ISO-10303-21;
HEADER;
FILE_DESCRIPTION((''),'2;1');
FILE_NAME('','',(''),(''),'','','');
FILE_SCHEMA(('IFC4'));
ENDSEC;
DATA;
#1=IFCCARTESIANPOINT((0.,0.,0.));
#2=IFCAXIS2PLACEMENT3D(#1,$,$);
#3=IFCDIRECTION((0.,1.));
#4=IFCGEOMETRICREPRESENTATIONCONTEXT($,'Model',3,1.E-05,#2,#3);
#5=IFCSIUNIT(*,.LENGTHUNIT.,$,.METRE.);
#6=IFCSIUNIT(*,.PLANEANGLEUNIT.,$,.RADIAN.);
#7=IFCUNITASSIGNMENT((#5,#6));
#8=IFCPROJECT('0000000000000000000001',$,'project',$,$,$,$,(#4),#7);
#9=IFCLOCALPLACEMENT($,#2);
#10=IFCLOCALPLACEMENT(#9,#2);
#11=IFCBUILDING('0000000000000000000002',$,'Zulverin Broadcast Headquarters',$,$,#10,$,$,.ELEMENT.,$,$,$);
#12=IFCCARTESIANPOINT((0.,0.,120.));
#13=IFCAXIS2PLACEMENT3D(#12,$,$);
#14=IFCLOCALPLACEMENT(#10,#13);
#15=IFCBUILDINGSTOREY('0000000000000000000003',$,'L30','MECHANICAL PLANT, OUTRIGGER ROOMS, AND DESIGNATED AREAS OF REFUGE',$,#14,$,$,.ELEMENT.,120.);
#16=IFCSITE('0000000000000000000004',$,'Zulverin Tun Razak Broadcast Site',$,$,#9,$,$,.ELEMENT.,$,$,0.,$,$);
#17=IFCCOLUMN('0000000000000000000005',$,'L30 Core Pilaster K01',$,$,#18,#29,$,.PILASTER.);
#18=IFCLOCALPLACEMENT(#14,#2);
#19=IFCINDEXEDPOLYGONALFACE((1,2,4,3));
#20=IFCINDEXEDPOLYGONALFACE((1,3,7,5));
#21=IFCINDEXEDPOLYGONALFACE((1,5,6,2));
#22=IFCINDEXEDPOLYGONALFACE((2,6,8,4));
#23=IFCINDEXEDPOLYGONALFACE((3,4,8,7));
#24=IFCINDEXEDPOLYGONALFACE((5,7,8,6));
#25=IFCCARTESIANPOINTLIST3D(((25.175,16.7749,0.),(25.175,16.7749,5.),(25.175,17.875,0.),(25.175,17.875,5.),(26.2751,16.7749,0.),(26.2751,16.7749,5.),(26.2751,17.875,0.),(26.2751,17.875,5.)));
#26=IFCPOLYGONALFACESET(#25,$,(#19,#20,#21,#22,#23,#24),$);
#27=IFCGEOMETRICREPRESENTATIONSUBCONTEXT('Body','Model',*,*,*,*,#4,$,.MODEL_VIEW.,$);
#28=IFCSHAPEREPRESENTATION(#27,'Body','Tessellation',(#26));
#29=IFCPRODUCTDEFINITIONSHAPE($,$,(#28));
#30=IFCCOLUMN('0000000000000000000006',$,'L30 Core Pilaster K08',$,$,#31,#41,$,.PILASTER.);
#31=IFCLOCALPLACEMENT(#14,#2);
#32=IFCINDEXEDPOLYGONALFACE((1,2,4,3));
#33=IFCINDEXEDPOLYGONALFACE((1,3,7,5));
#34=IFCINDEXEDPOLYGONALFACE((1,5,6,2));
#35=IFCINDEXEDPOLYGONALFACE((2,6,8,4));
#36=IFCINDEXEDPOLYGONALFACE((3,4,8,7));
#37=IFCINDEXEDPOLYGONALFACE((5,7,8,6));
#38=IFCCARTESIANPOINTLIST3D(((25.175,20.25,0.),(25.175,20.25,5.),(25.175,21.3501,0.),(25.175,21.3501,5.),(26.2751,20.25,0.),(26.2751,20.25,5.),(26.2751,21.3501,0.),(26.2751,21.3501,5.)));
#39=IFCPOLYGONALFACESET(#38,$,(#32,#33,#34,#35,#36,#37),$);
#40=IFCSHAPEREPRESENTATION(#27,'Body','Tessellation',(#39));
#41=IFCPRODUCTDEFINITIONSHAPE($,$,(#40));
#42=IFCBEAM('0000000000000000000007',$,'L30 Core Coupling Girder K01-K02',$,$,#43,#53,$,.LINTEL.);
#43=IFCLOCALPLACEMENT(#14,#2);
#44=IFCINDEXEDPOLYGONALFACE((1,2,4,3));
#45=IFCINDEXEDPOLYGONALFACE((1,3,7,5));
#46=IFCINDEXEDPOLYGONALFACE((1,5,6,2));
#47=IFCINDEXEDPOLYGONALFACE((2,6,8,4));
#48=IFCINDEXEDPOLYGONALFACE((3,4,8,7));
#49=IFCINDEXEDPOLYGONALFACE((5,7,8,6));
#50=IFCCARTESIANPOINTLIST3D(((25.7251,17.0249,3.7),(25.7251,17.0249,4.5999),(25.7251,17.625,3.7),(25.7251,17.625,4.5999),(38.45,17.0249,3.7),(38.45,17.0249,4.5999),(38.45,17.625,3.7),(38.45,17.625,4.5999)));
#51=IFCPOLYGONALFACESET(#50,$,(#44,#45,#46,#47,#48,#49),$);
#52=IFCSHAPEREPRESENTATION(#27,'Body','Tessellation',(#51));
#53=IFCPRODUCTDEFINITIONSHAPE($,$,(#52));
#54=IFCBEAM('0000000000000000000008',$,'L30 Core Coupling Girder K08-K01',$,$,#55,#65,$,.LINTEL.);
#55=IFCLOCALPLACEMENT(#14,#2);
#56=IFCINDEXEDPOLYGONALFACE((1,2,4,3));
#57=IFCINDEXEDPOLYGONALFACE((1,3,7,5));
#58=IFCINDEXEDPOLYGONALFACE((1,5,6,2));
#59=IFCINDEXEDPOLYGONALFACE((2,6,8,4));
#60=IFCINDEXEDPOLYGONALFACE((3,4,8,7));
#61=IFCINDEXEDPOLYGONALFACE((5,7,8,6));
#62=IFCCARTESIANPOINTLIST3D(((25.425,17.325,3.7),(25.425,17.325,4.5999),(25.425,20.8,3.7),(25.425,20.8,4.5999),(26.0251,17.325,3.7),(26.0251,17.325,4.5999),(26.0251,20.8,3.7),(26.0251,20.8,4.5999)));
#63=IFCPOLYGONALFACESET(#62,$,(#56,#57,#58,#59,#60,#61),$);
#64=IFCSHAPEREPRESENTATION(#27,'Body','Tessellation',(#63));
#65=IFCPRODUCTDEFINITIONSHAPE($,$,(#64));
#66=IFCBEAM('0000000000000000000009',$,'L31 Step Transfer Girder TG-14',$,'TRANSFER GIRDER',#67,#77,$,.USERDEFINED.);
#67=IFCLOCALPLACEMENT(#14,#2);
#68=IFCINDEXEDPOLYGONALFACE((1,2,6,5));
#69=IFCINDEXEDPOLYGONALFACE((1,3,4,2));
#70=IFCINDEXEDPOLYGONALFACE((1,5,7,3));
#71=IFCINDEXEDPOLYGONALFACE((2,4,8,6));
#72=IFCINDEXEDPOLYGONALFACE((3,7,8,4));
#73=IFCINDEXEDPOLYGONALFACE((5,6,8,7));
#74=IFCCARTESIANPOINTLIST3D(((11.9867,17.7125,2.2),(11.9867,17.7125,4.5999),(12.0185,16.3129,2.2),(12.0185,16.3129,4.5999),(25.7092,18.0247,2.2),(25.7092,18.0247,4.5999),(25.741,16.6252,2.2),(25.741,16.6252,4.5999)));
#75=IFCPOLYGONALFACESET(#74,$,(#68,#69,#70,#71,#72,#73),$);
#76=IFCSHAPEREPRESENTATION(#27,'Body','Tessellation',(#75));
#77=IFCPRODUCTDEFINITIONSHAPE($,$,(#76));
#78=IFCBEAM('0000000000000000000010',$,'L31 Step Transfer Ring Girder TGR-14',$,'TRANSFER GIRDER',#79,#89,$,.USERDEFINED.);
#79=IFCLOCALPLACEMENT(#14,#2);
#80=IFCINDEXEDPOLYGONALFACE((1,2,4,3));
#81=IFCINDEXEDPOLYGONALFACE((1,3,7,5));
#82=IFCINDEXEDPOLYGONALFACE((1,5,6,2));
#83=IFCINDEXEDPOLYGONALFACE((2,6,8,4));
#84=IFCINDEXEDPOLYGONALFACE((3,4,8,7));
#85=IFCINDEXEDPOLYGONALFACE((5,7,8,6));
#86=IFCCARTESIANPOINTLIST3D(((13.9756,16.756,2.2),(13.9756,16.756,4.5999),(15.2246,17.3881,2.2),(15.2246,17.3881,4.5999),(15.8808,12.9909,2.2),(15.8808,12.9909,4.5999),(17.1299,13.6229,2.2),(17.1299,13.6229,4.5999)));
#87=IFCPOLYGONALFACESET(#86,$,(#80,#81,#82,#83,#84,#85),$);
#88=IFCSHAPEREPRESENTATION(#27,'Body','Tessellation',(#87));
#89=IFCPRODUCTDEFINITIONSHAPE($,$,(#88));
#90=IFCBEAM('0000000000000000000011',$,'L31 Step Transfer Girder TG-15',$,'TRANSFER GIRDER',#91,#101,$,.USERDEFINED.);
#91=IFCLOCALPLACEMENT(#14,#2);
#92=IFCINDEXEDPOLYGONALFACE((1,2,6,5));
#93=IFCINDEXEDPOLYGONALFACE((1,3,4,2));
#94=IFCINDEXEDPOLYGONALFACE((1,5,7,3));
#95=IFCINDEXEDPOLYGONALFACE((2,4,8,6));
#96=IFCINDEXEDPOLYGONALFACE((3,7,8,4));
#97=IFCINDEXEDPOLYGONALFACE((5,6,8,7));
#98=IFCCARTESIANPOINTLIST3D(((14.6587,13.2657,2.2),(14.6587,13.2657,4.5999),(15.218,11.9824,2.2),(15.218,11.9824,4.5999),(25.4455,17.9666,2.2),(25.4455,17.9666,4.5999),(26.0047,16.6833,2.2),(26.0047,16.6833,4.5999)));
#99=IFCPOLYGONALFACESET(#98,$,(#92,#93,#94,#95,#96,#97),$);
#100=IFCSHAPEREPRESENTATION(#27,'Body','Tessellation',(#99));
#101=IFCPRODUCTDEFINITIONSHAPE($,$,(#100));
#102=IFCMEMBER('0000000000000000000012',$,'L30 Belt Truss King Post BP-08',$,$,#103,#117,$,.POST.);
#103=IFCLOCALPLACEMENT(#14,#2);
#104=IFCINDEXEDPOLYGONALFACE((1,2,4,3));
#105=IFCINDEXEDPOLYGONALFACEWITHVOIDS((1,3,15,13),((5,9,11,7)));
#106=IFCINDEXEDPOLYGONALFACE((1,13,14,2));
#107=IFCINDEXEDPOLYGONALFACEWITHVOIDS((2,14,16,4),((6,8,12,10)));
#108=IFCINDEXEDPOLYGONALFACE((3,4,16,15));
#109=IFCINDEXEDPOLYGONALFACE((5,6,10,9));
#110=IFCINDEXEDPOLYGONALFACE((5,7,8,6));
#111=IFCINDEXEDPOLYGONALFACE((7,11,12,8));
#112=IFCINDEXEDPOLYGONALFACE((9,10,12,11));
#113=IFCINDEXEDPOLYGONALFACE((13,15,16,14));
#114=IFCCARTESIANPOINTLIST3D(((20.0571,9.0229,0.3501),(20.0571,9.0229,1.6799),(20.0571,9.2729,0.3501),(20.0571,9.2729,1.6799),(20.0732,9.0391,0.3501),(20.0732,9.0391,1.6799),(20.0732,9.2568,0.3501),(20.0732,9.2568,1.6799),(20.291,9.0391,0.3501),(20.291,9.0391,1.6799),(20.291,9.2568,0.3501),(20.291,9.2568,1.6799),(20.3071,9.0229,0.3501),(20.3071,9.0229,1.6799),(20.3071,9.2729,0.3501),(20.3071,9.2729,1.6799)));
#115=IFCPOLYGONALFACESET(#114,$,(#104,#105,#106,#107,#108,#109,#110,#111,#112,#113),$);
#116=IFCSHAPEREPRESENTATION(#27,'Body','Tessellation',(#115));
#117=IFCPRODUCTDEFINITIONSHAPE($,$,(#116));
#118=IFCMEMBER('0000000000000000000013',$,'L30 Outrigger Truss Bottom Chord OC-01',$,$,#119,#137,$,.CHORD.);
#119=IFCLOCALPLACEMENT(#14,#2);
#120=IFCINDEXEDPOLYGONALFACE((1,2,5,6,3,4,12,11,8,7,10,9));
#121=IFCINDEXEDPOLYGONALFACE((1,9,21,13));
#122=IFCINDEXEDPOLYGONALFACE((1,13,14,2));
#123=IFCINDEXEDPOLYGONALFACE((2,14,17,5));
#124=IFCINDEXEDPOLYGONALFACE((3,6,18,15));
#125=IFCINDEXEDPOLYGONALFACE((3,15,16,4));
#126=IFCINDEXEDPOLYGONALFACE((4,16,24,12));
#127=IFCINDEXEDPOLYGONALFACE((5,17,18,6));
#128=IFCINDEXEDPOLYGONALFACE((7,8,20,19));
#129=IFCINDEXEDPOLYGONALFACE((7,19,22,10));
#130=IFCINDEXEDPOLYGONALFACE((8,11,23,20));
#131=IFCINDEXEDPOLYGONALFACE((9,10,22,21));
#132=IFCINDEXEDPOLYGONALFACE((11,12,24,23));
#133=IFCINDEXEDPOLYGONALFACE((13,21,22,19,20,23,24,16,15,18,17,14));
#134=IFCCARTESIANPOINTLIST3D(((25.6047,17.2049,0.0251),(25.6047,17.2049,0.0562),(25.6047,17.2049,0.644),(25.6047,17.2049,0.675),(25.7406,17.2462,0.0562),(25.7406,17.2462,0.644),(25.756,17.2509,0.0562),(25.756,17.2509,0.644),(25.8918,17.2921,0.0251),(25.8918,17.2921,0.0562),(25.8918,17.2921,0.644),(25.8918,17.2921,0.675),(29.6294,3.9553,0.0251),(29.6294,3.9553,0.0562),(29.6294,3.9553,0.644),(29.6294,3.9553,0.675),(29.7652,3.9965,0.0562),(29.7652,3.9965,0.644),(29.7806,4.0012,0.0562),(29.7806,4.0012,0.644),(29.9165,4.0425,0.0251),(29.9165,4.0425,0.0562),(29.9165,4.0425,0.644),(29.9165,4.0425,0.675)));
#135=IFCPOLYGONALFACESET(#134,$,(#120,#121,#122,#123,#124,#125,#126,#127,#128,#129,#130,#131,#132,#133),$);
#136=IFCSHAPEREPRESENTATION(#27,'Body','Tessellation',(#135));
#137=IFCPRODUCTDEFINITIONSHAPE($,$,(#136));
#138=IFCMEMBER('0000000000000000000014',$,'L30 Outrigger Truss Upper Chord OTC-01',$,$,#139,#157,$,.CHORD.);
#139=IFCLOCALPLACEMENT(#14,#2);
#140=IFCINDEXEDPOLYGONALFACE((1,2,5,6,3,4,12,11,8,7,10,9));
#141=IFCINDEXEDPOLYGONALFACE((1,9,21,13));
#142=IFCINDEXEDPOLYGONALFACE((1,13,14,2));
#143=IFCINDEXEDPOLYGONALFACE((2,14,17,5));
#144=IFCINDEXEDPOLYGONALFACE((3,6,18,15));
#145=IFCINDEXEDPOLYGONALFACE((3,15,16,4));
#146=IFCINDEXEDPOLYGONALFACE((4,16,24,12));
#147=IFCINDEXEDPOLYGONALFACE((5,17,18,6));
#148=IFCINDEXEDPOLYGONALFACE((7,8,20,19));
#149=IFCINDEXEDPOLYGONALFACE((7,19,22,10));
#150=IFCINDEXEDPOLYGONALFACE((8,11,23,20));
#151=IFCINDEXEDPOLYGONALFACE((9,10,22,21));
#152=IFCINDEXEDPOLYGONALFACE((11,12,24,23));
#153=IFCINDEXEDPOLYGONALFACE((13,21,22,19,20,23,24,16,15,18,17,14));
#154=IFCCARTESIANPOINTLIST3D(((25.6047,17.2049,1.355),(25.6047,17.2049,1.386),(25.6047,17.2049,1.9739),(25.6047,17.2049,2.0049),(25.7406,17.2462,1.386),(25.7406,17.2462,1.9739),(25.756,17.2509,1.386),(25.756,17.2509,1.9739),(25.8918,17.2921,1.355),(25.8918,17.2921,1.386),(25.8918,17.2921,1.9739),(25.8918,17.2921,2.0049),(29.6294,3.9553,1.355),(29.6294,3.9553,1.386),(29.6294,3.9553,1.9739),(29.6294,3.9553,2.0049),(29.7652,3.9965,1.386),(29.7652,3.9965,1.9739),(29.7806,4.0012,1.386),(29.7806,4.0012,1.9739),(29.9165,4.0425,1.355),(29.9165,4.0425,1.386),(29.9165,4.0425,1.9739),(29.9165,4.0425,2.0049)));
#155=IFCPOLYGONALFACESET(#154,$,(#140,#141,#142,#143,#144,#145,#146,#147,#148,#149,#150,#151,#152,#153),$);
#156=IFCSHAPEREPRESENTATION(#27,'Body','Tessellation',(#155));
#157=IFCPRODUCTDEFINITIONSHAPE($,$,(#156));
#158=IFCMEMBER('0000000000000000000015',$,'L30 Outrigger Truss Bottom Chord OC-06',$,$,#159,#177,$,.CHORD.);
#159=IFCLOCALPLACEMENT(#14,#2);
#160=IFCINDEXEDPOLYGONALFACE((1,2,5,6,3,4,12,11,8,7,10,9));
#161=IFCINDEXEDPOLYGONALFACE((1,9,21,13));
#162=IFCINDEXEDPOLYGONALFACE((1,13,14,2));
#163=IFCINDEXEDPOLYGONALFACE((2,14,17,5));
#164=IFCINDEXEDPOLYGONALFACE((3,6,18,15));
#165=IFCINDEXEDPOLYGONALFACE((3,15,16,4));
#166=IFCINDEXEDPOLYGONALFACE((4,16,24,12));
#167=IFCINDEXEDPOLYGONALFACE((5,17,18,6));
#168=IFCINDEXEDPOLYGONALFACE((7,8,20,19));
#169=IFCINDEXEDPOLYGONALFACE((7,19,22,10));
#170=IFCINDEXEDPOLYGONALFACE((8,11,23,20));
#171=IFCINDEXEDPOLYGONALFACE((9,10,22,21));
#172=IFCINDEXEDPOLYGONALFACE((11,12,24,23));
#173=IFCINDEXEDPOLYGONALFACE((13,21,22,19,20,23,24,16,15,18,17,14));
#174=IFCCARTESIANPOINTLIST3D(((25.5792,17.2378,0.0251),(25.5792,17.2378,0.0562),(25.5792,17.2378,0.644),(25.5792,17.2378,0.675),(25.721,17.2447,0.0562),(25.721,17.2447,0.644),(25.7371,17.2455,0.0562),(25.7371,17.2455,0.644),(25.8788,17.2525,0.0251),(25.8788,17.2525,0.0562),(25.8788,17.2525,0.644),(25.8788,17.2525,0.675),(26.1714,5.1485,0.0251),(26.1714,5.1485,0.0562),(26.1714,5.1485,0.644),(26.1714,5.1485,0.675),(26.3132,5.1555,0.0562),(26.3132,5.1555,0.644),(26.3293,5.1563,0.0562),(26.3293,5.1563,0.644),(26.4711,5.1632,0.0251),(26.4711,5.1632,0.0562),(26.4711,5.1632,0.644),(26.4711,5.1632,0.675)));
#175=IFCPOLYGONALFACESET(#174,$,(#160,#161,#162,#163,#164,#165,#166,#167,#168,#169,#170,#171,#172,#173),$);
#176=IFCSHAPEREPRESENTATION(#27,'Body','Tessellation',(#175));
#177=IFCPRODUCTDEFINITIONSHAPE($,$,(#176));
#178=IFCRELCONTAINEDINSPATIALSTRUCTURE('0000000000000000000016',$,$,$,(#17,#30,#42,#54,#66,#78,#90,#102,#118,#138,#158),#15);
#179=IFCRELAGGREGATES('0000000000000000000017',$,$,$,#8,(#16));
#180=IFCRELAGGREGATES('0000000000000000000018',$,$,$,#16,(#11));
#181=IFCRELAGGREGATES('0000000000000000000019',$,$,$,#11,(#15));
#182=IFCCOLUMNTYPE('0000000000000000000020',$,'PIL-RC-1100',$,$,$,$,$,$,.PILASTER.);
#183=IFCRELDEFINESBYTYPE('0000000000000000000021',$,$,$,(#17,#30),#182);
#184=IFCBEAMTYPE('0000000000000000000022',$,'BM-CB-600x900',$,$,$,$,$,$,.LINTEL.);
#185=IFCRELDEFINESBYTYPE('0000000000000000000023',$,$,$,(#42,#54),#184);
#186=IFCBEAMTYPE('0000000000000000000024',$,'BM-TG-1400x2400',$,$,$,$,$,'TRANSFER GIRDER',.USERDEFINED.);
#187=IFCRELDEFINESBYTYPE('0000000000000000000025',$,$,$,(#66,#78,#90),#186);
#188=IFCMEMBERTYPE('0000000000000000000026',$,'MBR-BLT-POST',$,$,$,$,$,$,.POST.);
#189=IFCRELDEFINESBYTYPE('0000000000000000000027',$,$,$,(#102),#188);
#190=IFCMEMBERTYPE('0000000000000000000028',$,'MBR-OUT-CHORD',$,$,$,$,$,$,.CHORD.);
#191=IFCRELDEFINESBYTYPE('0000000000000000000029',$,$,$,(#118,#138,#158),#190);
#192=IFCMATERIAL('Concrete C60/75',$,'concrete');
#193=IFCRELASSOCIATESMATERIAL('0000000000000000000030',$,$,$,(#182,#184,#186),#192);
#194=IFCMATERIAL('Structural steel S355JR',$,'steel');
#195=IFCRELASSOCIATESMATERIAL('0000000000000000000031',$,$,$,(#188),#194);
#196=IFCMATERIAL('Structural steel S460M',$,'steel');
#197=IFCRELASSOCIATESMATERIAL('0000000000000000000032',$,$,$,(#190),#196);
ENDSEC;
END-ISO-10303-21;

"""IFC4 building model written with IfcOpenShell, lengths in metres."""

from ifc_helpers import new_model, si_unit, direction, frame, origin, origin_2d, place, context, subcontext, project, spatial, rectangle, hollow_rectangle, i_section, extrude, material, material_profile, profile_set, type_object, element, save


model = new_model("IFC4")

# Units and contexts
model_context = context("Model", 3, precision=1e-05, world=origin(), true_north=direction((0.0, 1.0)))
body_context = subcontext(model_context, "Body", "Model", "MODEL_VIEW")
ifc_project = project(units=[si_unit("LENGTHUNIT", "METRE"), si_unit("PLANEANGLEUNIT", "RADIAN")], contexts=[model_context])

# Site, building, storey
site_placement = place(None, origin())
site = spatial("IfcSite", under=ifc_project, at=site_placement, Name="Zulverin Tun Razak Broadcast Site", CompositionType="ELEMENT", RefElevation=0.0)
building_placement = place(site_placement, origin())
building = spatial("IfcBuilding", under=site, at=building_placement, Name="Zulverin Broadcast Headquarters", CompositionType="ELEMENT")
storey_placement = place(building_placement, frame((0.0, 0.0, 120.0)))
storey = spatial("IfcBuildingStorey", under=building, at=storey_placement, Name="L30", Description="MECHANICAL PLANT, OUTRIGGER ROOMS, AND DESIGNATED AREAS OF REFUGE", CompositionType="ELEMENT", Elevation=120.0)

# Columns
ifc_material_1 = material(Name="Concrete C60/75", Category="concrete")
ifc_material_profile_1 = material_profile(ifc_material_1, rectangle(XDim=1.1001, YDim=1.1001, at=origin_2d()), Name="Concrete C60/75", Category="concrete")
ifc_profile_set_1 = profile_set([ifc_material_profile_1], Name="Concrete C60/75")
column_type = type_object("IfcColumnType", Name="PIL-RC-1100", PredefinedType="PILASTER", material=ifc_profile_set_1)
for number, where, z_axis, x_axis, name in (
    (1, (25.7251, 17.325, 0.0), (0.0, 0.0, 1.0), (1.0, 0.0, 0.0), "L30 Core Pilaster K01"),
    (2, (25.7251, 20.8, 0.0), (0.0, 0.0, 1.0), (1.0, 0.0, 0.0), "L30 Core Pilaster K08"),
):
    element("IfcColumn", number, at=place(storey_placement, frame(where, z_axis=z_axis, x_axis=x_axis)), inside=storey, type_object=column_type, Name=name, PredefinedType="PILASTER", context=body_context, shape_type="SweptSolid", body=[
        extrude(rectangle(XDim=1.1001, YDim=1.1001, at=origin_2d()), origin(), (0.0, 0.0, 1.0), 5.0),
    ])

# Beams
ifc_material_profile_2 = material_profile(ifc_material_1, rectangle(XDim=0.6001, YDim=0.8999, at=origin_2d()), Name="Concrete C60/75", Category="concrete")
ifc_profile_set_2 = profile_set([ifc_material_profile_2], Name="Concrete C60/75")
beam_type_1 = type_object("IfcBeamType", Name="BM-CB-600x900", PredefinedType="LINTEL", material=ifc_profile_set_2)
beam_1_placement = place(storey_placement, frame((25.7251, 17.325, 4.1499), z_axis=(1.0, 0.0, 0.0), x_axis=(0.0, 1.0, 0.0)))
element("IfcBeam", 3, at=beam_1_placement, inside=storey, type_object=beam_type_1, Name="L30 Core Coupling Girder K01-K02", PredefinedType="LINTEL", context=body_context, shape_type="SweptSolid", body=[
    extrude(rectangle(XDim=0.6001, YDim=0.8999, at=origin_2d()), origin(), (0.0, 0.0, 1.0), 12.7249),
])
beam_2_placement = place(storey_placement, frame((25.7251, 20.8, 4.1499), z_axis=(0.0, -1.0, 0.0), x_axis=(1.0, 0.0, 0.0)))
element("IfcBeam", 4, at=beam_2_placement, inside=storey, type_object=beam_type_1, Name="L30 Core Coupling Girder K08-K01", PredefinedType="LINTEL", context=body_context, shape_type="SweptSolid", body=[
    extrude(rectangle(XDim=0.6001, YDim=0.8999, at=origin_2d()), origin(), (0.0, 0.0, 1.0), 3.4751),
])
ifc_material_profile_3 = material_profile(ifc_material_1, rectangle(XDim=1.3999, YDim=2.3999, at=origin_2d()), Name="Concrete C60/75", Category="concrete")
ifc_profile_set_3 = profile_set([ifc_material_profile_3], Name="Concrete C60/75")
beam_type_2 = type_object("IfcBeamType", Name="BM-TG-1400x2400", ElementType="TRANSFER GIRDER", PredefinedType="USERDEFINED", material=ifc_profile_set_3)
beam_3_placement = place(storey_placement, frame((25.7251, 17.325, 3.3999), z_axis=(-0.999741, -0.022749, 0.0), x_axis=(0.022749, -0.999741, 0.0)))
element("IfcBeam", 5, at=beam_3_placement, inside=storey, type_object=beam_type_2, Name="L31 Step Transfer Girder TG-14", ObjectType="TRANSFER GIRDER", PredefinedType="USERDEFINED", context=body_context, shape_type="SweptSolid", body=[
    extrude(rectangle(XDim=1.3999, YDim=2.3999, at=origin_2d()), origin(), (0.0, 0.0, 1.0), 13.7261),
])
beam_4_placement = place(storey_placement, frame((14.6001, 17.072, 3.3999), z_axis=(0.451513, -0.892265, 0.0), x_axis=(0.892265, 0.451513, 0.0)))
element("IfcBeam", 6, at=beam_4_placement, inside=storey, type_object=beam_type_2, Name="L31 Step Transfer Ring Girder TGR-14", ObjectType="TRANSFER GIRDER", PredefinedType="USERDEFINED", context=body_context, shape_type="SweptSolid", body=[
    extrude(rectangle(XDim=1.3999, YDim=2.3999, at=origin_2d()), origin(), (0.0, 0.0, 1.0), 4.2197),
])
beam_5_placement = place(storey_placement, frame((25.7251, 17.325, 3.3999), z_axis=(-0.916728, -0.399511, 0.0), x_axis=(0.399511, -0.916728, 0.0)))
element("IfcBeam", 7, at=beam_5_placement, inside=storey, type_object=beam_type_2, Name="L31 Step Transfer Girder TG-15", ObjectType="TRANSFER GIRDER", PredefinedType="USERDEFINED", context=body_context, shape_type="SweptSolid", body=[
    extrude(rectangle(XDim=1.3999, YDim=2.3999, at=origin_2d()), origin(), (0.0, 0.0, 1.0), 11.7666),
])

# Members
ifc_material_2 = material(Name="Structural steel S355JR", Category="steel")
ifc_material_profile_4 = material_profile(ifc_material_2, hollow_rectangle(XDim=0.25, YDim=0.25, WallThickness=0.0161, at=origin_2d()), Name="Structural steel S355JR", Category="steel")
ifc_profile_set_4 = profile_set([ifc_material_profile_4], Name="Structural steel S355JR")
member_type_1 = type_object("IfcMemberType", Name="MBR-BLT-POST", PredefinedType="POST", material=ifc_profile_set_4)
member_1_placement = place(storey_placement, frame((20.1821, 9.1479, 0.3501), z_axis=(0.0, 0.0, 1.0), x_axis=(1.0, 0.0, 0.0)))
element("IfcMember", 8, at=member_1_placement, inside=storey, type_object=member_type_1, Name="L30 Belt Truss King Post BP-08", PredefinedType="POST", context=body_context, shape_type="SweptSolid", body=[
    extrude(hollow_rectangle(XDim=0.25, YDim=0.25, WallThickness=0.0161, at=origin_2d()), origin(), (0.0, 0.0, 1.0), 1.3298),
])
ifc_material_3 = material(Name="Structural steel S460M", Category="steel")
ifc_material_profile_5 = material_profile(ifc_material_3, i_section(OverallWidth=0.3, OverallDepth=0.6499, WebThickness=0.0161, FlangeThickness=0.031, at=origin_2d()), Name="Structural steel S460M", Category="steel")
ifc_profile_set_5 = profile_set([ifc_material_profile_5], Name="Structural steel S460M")
member_type_2 = type_object("IfcMemberType", Name="MBR-OUT-CHORD", PredefinedType="CHORD", material=ifc_profile_set_5)
for number, where, z_axis, x_axis, name in (
    (9, (25.7483, 17.2485, 0.3501), (0.290641, -0.956832, 0.0), (0.956832, 0.290641, 0.0), "L30 Outrigger Truss Bottom Chord OC-01"),
    (10, (25.7483, 17.2485, 1.6799), (0.290641, -0.956832, 0.0), (0.956832, 0.290641, 0.0), "L30 Outrigger Truss Upper Chord OTC-01"),
):
    element("IfcMember", number, at=place(storey_placement, frame(where, z_axis=z_axis, x_axis=x_axis)), inside=storey, type_object=member_type_2, Name=name, PredefinedType="CHORD", context=body_context, shape_type="SweptSolid", body=[
        extrude(i_section(OverallWidth=0.3, OverallDepth=0.6499, WebThickness=0.0161, FlangeThickness=0.031, at=origin_2d()), origin(), (0.0, 0.0, 1.0), 13.8474),
    ])
for number, where, z_axis, x_axis, name in (
    (11, (25.729, 17.2451, 0.3501), (0.048934, -0.998802, 0.0), (0.998802, 0.048934, 0.0), "L30 Outrigger Truss Bottom Chord OC-06"),
):
    element("IfcMember", number, at=place(storey_placement, frame(where, z_axis=z_axis, x_axis=x_axis)), inside=storey, type_object=member_type_2, Name=name, PredefinedType="CHORD", context=body_context, shape_type="SweptSolid", body=[
        extrude(i_section(OverallWidth=0.3, OverallDepth=0.6499, WebThickness=0.0161, FlangeThickness=0.031, at=origin_2d()), origin(), (0.0, 0.0, 1.0), 12.1038),
    ])

save(model, "model.ifc")
